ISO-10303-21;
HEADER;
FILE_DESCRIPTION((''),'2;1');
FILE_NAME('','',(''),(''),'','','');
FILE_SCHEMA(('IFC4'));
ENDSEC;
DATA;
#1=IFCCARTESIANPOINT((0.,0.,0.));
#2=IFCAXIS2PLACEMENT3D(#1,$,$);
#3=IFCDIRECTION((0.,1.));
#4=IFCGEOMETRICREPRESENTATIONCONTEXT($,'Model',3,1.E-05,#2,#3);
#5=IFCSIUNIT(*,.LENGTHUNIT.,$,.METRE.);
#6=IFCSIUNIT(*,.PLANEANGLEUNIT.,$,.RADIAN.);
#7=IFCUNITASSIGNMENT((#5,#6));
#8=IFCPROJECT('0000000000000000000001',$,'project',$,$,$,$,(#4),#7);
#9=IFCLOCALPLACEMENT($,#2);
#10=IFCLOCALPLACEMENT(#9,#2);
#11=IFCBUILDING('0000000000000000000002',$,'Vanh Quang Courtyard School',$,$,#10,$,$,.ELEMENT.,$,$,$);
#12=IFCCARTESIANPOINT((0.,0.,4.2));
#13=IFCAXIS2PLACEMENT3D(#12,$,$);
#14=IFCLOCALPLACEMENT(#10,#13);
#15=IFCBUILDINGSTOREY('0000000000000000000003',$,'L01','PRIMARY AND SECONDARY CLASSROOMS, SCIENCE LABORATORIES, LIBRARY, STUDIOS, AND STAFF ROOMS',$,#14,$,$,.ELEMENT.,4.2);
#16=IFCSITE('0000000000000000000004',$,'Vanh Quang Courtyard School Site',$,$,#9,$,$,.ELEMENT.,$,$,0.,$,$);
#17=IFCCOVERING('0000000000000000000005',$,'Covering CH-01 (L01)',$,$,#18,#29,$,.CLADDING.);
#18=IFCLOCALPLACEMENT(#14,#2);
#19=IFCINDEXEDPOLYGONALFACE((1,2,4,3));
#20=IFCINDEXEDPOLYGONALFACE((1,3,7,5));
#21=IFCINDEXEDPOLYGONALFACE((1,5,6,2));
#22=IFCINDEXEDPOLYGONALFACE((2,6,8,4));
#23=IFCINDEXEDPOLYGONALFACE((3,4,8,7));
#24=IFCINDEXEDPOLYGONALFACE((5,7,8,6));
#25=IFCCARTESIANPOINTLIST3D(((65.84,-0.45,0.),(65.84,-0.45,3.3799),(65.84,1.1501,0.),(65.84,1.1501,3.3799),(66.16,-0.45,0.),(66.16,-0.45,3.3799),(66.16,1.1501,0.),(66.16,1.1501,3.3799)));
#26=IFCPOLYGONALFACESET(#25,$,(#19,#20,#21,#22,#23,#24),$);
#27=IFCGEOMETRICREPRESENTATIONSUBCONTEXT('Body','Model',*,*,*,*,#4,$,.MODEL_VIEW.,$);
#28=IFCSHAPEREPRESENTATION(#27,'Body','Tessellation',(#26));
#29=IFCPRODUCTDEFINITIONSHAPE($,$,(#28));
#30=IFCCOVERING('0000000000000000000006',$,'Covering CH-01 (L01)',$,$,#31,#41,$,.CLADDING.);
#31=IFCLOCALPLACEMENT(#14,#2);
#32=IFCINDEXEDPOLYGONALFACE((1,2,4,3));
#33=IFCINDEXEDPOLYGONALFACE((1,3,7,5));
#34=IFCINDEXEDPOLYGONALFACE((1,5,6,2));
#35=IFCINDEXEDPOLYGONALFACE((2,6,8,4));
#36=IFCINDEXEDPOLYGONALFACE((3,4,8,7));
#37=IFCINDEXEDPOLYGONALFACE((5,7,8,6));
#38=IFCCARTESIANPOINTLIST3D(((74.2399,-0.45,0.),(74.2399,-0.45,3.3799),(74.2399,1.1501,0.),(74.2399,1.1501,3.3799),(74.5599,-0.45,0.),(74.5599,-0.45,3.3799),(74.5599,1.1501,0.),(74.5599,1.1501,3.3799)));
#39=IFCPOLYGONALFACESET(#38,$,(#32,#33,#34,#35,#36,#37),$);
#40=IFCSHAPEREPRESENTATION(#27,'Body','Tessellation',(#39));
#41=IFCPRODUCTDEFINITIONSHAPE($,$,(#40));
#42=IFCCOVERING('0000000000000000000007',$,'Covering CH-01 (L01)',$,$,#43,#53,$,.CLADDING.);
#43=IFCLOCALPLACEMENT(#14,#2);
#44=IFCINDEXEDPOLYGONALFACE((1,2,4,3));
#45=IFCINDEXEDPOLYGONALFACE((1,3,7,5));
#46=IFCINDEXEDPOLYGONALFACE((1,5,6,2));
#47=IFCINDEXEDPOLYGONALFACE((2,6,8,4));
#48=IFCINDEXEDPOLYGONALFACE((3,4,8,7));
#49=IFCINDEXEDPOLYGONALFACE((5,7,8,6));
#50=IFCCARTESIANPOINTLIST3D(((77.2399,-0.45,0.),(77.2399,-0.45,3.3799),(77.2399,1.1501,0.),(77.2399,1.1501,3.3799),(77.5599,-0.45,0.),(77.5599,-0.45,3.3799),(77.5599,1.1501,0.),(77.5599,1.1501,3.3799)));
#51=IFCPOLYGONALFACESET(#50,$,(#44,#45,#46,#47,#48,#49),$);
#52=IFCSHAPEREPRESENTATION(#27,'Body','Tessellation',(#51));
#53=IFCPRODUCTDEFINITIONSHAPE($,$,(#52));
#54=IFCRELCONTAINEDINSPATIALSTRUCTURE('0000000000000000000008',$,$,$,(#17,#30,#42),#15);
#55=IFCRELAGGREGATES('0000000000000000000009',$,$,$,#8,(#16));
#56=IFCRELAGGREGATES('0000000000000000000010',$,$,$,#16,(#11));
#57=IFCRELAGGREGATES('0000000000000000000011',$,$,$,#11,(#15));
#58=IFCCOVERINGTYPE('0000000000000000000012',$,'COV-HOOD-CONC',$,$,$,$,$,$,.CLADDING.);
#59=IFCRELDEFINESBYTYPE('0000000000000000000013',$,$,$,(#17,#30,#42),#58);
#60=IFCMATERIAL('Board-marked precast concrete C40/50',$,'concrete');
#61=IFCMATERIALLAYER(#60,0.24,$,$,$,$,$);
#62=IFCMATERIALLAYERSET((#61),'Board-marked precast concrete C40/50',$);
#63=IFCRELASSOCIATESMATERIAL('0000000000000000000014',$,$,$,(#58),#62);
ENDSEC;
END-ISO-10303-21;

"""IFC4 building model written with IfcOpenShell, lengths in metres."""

from ifc_helpers import new_model, si_unit, direction, frame, origin, origin_2d, place, context, subcontext, project, spatial, rectangle, extrude, material, layer, layer_set, type_object, element, save


model = new_model("IFC4")

# Units and contexts
model_context = context("Model", 3, precision=1e-05, world=origin(), true_north=direction((0.0, 1.0)))
body_context = subcontext(model_context, "Body", "Model", "MODEL_VIEW")
ifc_project = project(units=[si_unit("LENGTHUNIT", "METRE"), si_unit("PLANEANGLEUNIT", "RADIAN")], contexts=[model_context])

# Site, building, storey
site_placement = place(None, origin())
site = spatial("IfcSite", under=ifc_project, at=site_placement, Name="Vanh Quang Courtyard School Site", CompositionType="ELEMENT", RefElevation=0.0)
building_placement = place(site_placement, origin())
building = spatial("IfcBuilding", under=site, at=building_placement, Name="Vanh Quang Courtyard School", CompositionType="ELEMENT")
storey_placement = place(building_placement, frame((0.0, 0.0, 4.2)))
storey = spatial("IfcBuildingStorey", under=building, at=storey_placement, Name="L01", Description="PRIMARY AND SECONDARY CLASSROOMS, SCIENCE LABORATORIES, LIBRARY, STUDIOS, AND STAFF ROOMS", CompositionType="ELEMENT", Elevation=4.2)

# Coverings
ifc_material_1 = material(Name="Board-marked precast concrete C40/50", Category="concrete")
ifc_layer_1 = layer(ifc_material_1, 0.24)
ifc_layer_set_1 = layer_set([ifc_layer_1], Name="Board-marked precast concrete C40/50")
covering_type = type_object("IfcCoveringType", Name="COV-HOOD-CONC", PredefinedType="CLADDING", material=ifc_layer_set_1)
for number, where, z_axis, x_axis, name in (
    (1, (66.0, 0.3501, 0.0), (0.0, 0.0, 1.0), (0.0, 1.0, 0.0), "Covering CH-01 (L01)"),
    (2, (74.3999, 0.3501, 0.0), (0.0, 0.0, 1.0), (0.0, 1.0, 0.0), "Covering CH-01 (L01)"),
    (3, (77.3999, 0.3501, 0.0), (0.0, 0.0, 1.0), (0.0, 1.0, 0.0), "Covering CH-01 (L01)"),
):
    element("IfcCovering", number, at=place(storey_placement, frame(where, z_axis=z_axis, x_axis=x_axis)), inside=storey, type_object=covering_type, Name=name, PredefinedType="CLADDING", context=body_context, shape_type="SweptSolid", body=[
        extrude(rectangle(XDim=1.6001, YDim=0.3201, at=origin_2d()), origin(), (0.0, 0.0, 1.0), 3.3799),
    ])

save(model, "model.ifc")
